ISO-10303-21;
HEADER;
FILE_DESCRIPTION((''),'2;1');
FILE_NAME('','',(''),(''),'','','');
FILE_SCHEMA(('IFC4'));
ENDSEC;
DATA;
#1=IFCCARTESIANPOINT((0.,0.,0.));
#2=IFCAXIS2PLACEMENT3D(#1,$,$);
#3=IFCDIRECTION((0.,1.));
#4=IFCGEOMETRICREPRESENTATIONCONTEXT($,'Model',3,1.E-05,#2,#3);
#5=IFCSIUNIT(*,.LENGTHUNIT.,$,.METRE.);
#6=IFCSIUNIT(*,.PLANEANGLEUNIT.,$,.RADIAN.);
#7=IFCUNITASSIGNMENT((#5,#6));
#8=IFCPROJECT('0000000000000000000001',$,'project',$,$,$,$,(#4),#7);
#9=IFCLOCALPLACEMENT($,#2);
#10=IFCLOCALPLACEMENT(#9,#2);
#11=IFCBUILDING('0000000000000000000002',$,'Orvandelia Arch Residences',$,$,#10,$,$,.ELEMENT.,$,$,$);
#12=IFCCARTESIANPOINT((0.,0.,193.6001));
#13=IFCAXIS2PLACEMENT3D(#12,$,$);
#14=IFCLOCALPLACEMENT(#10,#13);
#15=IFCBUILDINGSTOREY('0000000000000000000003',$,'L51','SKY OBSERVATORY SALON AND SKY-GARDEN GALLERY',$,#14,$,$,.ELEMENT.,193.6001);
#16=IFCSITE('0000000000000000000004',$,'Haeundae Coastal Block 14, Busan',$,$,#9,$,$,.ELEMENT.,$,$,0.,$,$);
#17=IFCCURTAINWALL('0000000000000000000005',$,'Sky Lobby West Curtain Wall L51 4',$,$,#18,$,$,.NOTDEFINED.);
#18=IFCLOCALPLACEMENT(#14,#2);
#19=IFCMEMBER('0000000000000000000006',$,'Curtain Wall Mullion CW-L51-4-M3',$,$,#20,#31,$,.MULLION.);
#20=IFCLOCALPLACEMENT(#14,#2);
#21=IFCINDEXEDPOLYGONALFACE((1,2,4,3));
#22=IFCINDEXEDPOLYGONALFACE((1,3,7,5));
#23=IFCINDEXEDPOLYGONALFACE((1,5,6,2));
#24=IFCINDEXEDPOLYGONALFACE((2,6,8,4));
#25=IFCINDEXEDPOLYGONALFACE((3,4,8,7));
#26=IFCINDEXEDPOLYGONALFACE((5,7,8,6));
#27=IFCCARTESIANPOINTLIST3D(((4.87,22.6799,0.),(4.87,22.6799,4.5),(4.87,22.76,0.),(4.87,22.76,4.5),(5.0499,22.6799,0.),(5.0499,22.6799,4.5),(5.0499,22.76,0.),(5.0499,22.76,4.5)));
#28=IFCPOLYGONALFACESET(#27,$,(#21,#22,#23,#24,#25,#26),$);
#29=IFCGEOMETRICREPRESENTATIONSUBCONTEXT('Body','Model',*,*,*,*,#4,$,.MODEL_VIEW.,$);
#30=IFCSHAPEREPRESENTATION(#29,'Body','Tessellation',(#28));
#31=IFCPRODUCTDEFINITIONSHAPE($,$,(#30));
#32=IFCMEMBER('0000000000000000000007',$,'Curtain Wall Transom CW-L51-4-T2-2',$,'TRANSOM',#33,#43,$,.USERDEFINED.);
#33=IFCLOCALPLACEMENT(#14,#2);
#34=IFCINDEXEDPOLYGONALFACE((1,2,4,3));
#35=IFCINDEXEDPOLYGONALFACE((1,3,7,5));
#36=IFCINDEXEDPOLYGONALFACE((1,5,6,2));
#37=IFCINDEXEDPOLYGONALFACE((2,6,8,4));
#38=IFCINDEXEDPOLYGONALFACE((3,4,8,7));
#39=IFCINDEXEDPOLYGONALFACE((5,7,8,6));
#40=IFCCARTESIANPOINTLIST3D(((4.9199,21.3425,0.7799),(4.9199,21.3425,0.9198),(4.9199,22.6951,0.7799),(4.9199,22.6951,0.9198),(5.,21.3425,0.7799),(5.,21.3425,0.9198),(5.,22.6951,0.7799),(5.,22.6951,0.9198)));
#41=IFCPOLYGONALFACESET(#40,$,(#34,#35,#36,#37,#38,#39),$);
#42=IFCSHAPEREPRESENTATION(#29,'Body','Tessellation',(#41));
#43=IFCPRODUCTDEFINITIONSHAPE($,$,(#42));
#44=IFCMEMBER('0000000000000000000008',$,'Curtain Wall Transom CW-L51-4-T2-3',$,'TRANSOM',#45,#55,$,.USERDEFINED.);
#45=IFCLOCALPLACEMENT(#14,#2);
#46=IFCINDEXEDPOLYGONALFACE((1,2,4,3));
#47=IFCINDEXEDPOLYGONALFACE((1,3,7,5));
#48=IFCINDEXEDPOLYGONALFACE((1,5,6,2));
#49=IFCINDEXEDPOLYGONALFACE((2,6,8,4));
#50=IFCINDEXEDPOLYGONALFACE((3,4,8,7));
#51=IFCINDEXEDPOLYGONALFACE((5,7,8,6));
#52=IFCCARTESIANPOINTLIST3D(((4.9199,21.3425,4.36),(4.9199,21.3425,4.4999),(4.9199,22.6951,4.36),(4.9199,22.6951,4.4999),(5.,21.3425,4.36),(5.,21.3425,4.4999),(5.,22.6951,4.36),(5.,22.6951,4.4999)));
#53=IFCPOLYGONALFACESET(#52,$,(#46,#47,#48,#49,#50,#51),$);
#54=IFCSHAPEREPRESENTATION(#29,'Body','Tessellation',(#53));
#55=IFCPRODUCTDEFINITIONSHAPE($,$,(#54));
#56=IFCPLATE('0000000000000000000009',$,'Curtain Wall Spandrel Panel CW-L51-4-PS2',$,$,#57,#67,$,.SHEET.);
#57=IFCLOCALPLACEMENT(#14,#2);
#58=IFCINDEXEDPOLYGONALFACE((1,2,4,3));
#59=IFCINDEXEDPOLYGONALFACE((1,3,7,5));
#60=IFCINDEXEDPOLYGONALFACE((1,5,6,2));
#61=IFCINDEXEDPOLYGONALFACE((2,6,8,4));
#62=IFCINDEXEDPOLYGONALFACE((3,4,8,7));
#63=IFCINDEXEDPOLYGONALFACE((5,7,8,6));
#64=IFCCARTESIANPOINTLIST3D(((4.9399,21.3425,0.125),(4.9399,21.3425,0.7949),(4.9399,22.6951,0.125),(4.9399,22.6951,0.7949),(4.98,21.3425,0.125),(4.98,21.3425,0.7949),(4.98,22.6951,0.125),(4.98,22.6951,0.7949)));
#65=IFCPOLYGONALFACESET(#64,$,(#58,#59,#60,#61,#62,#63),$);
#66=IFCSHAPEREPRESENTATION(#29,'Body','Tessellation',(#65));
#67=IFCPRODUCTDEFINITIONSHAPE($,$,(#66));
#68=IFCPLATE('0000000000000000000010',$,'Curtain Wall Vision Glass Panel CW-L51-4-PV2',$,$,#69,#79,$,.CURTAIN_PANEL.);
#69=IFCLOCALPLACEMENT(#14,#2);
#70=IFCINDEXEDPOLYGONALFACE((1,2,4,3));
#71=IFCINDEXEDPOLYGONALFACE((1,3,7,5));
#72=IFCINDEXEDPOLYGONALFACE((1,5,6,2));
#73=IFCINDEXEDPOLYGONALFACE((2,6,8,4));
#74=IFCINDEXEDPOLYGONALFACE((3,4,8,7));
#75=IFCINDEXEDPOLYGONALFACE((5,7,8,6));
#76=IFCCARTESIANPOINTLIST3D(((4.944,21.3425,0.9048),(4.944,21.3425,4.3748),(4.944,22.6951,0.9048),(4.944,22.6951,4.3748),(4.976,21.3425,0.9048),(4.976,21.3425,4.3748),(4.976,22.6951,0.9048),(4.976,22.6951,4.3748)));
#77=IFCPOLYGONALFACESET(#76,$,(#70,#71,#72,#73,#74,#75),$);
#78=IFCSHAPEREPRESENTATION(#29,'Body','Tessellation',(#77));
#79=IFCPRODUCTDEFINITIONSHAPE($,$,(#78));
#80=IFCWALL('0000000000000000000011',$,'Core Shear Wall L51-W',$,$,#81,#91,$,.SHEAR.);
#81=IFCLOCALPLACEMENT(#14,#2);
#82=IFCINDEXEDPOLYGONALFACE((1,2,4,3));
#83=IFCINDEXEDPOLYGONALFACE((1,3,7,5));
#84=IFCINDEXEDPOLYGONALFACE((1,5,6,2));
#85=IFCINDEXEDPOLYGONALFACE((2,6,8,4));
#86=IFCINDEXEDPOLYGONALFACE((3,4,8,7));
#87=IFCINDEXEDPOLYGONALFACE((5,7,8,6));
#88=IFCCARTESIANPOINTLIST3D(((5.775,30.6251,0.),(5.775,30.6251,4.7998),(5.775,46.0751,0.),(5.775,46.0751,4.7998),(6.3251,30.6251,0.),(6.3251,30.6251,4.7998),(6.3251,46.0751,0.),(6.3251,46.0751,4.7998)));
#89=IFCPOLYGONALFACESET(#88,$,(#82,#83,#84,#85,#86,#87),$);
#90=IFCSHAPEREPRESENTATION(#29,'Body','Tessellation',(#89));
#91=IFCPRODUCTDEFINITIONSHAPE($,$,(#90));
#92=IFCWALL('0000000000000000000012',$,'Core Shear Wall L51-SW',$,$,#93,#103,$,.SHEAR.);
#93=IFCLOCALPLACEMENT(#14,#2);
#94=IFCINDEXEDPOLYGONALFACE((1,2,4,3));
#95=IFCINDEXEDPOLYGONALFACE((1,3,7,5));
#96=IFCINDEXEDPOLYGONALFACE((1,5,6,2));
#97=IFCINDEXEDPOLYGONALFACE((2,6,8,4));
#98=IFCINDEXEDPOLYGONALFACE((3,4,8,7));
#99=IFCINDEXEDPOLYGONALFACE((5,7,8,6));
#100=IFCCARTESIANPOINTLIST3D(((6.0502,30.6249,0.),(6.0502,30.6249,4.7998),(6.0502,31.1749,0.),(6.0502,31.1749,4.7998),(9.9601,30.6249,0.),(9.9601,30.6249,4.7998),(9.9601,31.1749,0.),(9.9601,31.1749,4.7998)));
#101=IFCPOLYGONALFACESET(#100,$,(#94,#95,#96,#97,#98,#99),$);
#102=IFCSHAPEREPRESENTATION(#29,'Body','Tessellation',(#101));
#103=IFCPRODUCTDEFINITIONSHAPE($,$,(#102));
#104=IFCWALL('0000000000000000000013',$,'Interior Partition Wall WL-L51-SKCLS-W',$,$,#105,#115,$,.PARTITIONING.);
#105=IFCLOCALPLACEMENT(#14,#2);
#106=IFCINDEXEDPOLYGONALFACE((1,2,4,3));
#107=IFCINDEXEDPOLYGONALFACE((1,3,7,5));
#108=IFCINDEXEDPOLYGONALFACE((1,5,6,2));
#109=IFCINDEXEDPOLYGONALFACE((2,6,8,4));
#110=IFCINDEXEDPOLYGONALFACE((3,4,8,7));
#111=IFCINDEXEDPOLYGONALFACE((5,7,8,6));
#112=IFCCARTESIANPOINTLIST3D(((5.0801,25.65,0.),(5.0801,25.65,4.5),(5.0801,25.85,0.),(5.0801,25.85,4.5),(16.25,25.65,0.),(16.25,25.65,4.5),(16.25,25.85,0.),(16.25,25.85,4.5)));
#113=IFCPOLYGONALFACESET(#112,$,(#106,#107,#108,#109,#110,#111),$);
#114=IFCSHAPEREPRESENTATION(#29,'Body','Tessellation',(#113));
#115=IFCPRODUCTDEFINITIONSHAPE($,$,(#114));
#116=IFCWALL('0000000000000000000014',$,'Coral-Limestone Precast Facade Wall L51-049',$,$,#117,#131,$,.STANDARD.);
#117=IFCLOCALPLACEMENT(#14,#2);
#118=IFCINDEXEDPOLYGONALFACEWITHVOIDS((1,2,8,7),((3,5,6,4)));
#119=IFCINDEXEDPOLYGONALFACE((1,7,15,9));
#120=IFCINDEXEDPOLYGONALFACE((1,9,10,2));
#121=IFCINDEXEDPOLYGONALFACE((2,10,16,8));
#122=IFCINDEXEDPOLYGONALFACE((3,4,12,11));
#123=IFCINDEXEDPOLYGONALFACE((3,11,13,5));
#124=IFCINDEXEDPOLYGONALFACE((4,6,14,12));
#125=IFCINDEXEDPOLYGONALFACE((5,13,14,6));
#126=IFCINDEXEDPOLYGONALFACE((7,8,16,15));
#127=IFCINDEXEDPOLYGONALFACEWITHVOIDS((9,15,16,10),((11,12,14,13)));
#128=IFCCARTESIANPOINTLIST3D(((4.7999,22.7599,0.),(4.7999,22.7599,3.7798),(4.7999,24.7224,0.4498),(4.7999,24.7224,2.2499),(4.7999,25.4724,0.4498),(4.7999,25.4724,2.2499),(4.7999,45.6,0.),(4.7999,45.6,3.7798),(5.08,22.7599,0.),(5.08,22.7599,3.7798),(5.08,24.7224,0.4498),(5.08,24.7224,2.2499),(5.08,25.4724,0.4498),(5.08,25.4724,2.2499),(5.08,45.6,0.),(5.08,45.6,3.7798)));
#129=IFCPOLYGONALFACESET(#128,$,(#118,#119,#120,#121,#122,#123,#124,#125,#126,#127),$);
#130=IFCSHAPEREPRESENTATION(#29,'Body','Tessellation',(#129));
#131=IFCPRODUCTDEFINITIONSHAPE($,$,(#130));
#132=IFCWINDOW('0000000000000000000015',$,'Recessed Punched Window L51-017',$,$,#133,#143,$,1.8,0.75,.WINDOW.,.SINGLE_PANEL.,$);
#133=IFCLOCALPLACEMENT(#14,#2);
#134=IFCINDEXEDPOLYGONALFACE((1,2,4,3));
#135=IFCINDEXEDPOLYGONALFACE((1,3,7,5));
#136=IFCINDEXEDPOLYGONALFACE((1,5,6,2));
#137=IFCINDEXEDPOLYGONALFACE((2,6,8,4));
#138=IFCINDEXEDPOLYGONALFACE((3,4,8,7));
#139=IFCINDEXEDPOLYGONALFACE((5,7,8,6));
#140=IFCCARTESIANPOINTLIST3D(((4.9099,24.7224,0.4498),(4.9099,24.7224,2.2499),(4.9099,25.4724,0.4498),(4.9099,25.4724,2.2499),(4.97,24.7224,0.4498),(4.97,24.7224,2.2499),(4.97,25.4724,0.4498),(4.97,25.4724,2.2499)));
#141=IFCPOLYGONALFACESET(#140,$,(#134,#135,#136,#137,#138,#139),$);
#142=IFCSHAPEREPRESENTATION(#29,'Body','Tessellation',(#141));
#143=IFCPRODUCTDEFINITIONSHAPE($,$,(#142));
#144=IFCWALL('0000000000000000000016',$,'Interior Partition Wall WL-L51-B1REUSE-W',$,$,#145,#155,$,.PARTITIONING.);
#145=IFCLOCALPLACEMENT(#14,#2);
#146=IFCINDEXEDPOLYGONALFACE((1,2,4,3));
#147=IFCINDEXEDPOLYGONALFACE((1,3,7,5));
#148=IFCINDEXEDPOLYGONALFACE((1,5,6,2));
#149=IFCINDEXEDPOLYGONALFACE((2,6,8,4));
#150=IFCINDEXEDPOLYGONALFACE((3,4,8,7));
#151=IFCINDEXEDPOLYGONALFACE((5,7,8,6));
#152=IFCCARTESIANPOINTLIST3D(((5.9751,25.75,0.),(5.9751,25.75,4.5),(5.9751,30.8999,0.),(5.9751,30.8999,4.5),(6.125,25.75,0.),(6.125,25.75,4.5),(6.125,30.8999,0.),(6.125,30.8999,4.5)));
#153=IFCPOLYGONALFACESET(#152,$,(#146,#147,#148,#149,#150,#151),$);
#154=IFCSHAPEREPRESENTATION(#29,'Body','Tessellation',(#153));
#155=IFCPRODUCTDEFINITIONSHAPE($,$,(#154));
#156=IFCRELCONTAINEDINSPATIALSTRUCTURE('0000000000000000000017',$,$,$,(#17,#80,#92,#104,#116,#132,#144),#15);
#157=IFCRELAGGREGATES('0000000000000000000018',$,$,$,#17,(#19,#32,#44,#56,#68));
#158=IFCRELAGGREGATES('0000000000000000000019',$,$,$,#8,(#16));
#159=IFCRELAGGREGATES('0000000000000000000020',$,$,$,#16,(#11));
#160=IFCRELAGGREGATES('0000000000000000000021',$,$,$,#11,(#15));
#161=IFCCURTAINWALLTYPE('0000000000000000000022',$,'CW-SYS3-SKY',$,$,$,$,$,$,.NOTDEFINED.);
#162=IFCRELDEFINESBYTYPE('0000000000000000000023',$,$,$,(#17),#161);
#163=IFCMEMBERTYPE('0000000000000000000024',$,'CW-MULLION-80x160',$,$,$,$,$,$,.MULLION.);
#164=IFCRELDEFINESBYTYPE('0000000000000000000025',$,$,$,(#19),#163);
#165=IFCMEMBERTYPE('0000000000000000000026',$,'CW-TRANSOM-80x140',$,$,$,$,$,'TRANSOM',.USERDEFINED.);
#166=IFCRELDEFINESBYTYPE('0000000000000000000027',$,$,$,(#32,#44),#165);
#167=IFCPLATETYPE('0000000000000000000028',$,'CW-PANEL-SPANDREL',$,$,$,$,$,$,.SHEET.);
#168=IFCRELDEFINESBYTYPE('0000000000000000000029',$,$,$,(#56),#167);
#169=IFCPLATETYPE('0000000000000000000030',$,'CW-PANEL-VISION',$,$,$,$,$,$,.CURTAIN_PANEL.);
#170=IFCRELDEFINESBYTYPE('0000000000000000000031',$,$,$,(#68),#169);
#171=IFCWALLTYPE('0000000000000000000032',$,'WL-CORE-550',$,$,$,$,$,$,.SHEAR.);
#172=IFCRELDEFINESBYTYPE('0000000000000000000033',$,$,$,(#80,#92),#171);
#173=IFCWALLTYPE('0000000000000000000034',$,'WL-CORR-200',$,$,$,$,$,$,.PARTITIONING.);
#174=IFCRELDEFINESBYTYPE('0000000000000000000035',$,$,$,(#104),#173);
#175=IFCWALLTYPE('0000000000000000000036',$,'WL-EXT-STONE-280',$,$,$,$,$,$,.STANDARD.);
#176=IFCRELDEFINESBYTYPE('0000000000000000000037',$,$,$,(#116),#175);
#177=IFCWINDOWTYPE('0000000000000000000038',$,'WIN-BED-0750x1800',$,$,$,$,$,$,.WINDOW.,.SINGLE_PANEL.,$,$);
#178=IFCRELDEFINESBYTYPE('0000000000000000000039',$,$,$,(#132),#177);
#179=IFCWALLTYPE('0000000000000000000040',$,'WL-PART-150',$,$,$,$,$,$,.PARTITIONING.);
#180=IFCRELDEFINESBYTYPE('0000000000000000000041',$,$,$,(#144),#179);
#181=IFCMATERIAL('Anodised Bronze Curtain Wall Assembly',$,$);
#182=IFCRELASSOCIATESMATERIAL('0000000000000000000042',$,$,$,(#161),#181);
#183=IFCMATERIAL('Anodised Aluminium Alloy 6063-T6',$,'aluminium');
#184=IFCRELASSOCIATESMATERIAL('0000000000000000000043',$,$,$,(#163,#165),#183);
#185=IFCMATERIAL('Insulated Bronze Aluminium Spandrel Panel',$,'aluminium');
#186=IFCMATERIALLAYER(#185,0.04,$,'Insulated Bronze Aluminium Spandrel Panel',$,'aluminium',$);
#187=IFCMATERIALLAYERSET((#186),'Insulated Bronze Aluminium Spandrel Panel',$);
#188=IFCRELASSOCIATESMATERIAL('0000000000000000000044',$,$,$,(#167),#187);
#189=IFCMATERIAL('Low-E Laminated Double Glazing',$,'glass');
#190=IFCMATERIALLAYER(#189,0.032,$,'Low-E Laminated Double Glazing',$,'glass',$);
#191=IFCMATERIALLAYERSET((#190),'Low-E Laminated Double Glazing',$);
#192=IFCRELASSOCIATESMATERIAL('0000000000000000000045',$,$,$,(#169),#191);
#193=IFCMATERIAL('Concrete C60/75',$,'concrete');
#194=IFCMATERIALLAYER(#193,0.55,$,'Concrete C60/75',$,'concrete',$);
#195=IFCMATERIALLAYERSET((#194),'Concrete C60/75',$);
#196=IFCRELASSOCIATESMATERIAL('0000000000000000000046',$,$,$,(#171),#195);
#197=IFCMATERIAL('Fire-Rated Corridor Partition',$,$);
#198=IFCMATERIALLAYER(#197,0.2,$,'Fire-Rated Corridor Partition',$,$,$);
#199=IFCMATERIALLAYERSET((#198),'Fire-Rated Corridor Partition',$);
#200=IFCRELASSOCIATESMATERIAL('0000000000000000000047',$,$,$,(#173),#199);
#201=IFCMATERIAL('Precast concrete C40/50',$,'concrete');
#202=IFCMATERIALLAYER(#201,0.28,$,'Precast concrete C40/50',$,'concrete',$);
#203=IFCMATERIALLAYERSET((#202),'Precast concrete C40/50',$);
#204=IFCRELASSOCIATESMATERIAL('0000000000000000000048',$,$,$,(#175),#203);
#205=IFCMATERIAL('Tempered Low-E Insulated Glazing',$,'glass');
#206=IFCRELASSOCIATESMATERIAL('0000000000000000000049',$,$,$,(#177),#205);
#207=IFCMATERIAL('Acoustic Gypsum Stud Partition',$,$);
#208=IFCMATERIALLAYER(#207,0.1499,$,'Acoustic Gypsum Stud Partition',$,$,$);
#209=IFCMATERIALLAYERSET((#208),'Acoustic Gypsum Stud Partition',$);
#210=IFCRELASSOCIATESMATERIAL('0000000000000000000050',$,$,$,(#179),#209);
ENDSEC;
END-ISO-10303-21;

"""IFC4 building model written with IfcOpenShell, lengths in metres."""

from ifc_helpers import new_model, si_unit, direction, frame, frame_2d, origin, origin_2d, place, context, subcontext, project, spatial, rectangle, extrude, material, layer, layer_set, material_profile, profile_set, type_object, element, fill, aggregate, save


model = new_model("IFC4")

# Units and contexts
model_context = context("Model", 3, precision=1e-05, world=origin(), true_north=direction((0.0, 1.0)))
body_context = subcontext(model_context, "Body", "Model", "MODEL_VIEW")
ifc_project = project(units=[si_unit("LENGTHUNIT", "METRE"), si_unit("PLANEANGLEUNIT", "RADIAN")], contexts=[model_context])

# Site, building, storey
site_placement = place(None, origin())
site = spatial("IfcSite", under=ifc_project, at=site_placement, Name="Haeundae Coastal Block 14, Busan", CompositionType="ELEMENT", RefElevation=0.0)
building_placement = place(site_placement, origin())
building = spatial("IfcBuilding", under=site, at=building_placement, Name="Orvandelia Arch Residences", CompositionType="ELEMENT")
storey_placement = place(building_placement, frame((0.0, 0.0, 193.6001)))
storey = spatial("IfcBuildingStorey", under=building, at=storey_placement, Name="L51", Description="SKY OBSERVATORY SALON AND SKY-GARDEN GALLERY", CompositionType="ELEMENT", Elevation=193.6001)

# Shared definitions
ifc_material_1 = material(Name="Concrete C60/75", Category="concrete")

# Curtain wall, members, plates
ifc_material_2 = material(Name="Anodised Bronze Curtain Wall Assembly")
curtain_wall_type = type_object("IfcCurtainWallType", Name="CW-SYS3-SKY", PredefinedType="NOTDEFINED", material=ifc_material_2)
curtain_wall_placement = place(storey_placement, origin())
curtain_wall = element("IfcCurtainWall", 1, at=curtain_wall_placement, inside=storey, type_object=curtain_wall_type, Name="Sky Lobby West Curtain Wall L51 4", PredefinedType="NOTDEFINED")
ifc_material_3 = material(Name="Anodised Aluminium Alloy 6063-T6", Category="aluminium")
ifc_material_profile_1 = material_profile(ifc_material_3, rectangle(XDim=0.0801, YDim=0.1799, at=origin_2d()), Name="Anodised Aluminium Alloy 6063-T6", Category="aluminium")
ifc_profile_set_1 = profile_set([ifc_material_profile_1], Name="Anodised Aluminium Alloy 6063-T6")
member_type_1 = type_object("IfcMemberType", Name="CW-MULLION-80x160", PredefinedType="MULLION", material=ifc_profile_set_1)
member_1_placement = place(storey_placement, frame((4.96, 22.72, 0.0), z_axis=(0.0, 0.0, 1.0), x_axis=(0.0, 1.0, 0.0)))
member_1 = element("IfcMember", 2, at=member_1_placement, type_object=member_type_1, Name="Curtain Wall Mullion CW-L51-4-M3", PredefinedType="MULLION", context=body_context, shape_type="SweptSolid", body=[
    extrude(rectangle(XDim=0.0801, YDim=0.1799, at=origin_2d()), origin(), (0.0, 0.0, 1.0), 4.5),
])
ifc_material_profile_2 = material_profile(ifc_material_3, rectangle(XDim=0.0801, YDim=0.1399, at=origin_2d()), Name="Anodised Aluminium Alloy 6063-T6", Category="aluminium")
ifc_profile_set_2 = profile_set([ifc_material_profile_2], Name="Anodised Aluminium Alloy 6063-T6")
member_type_2 = type_object("IfcMemberType", Name="CW-TRANSOM-80x140", ElementType="TRANSOM", PredefinedType="USERDEFINED", material=ifc_profile_set_2)
member_2_placement = place(storey_placement, frame((4.96, 21.3425, 0.8499), z_axis=(0.0, 1.0, 0.0), x_axis=(-1.0, 0.0, 0.0)))
member_2 = element("IfcMember", 3, at=member_2_placement, type_object=member_type_2, Name="Curtain Wall Transom CW-L51-4-T2-2", ObjectType="TRANSOM", PredefinedType="USERDEFINED", context=body_context, shape_type="SweptSolid", body=[
    extrude(rectangle(XDim=0.0801, YDim=0.1399, at=origin_2d()), origin(), (0.0, 0.0, 1.0), 1.3525),
])
member_3_placement = place(storey_placement, frame((4.96, 21.3425, 4.4299), z_axis=(0.0, 1.0, 0.0), x_axis=(-1.0, 0.0, 0.0)))
member_3 = element("IfcMember", 4, at=member_3_placement, type_object=member_type_2, Name="Curtain Wall Transom CW-L51-4-T2-3", ObjectType="TRANSOM", PredefinedType="USERDEFINED", context=body_context, shape_type="SweptSolid", body=[
    extrude(rectangle(XDim=0.0801, YDim=0.1399, at=origin_2d()), origin(), (0.0, 0.0, 1.0), 1.3525),
])
ifc_material_4 = material(Name="Insulated Bronze Aluminium Spandrel Panel", Category="aluminium")
ifc_layer_1 = layer(ifc_material_4, 0.04, Name="Insulated Bronze Aluminium Spandrel Panel", Category="aluminium")
ifc_layer_set_1 = layer_set([ifc_layer_1], Name="Insulated Bronze Aluminium Spandrel Panel")
plate_type_1 = type_object("IfcPlateType", Name="CW-PANEL-SPANDREL", PredefinedType="SHEET", material=ifc_layer_set_1)
plate_1_placement = place(storey_placement, frame((4.96, 22.0188, 0.125), z_axis=(0.0, 0.0, 1.0), x_axis=(0.0, 1.0, 0.0)))
plate_1 = element("IfcPlate", 5, at=plate_1_placement, type_object=plate_type_1, Name="Curtain Wall Spandrel Panel CW-L51-4-PS2", PredefinedType="SHEET", context=body_context, shape_type="SweptSolid", body=[
    extrude(rectangle(XDim=1.3525, YDim=0.04, at=origin_2d()), origin(), (0.0, 0.0, 1.0), 0.6699),
])
ifc_material_5 = material(Name="Low-E Laminated Double Glazing", Category="glass")
ifc_layer_2 = layer(ifc_material_5, 0.032, Name="Low-E Laminated Double Glazing", Category="glass")
ifc_layer_set_2 = layer_set([ifc_layer_2], Name="Low-E Laminated Double Glazing")
plate_type_2 = type_object("IfcPlateType", Name="CW-PANEL-VISION", PredefinedType="CURTAIN_PANEL", material=ifc_layer_set_2)
plate_2_placement = place(storey_placement, frame((4.96, 22.0188, 0.9048), z_axis=(0.0, 0.0, 1.0), x_axis=(0.0, 1.0, 0.0)))
plate_2 = element("IfcPlate", 6, at=plate_2_placement, type_object=plate_type_2, Name="Curtain Wall Vision Glass Panel CW-L51-4-PV2", PredefinedType="CURTAIN_PANEL", context=body_context, shape_type="SweptSolid", body=[
    extrude(rectangle(XDim=1.3525, YDim=0.032, at=origin_2d()), origin(), (0.0, 0.0, 1.0), 3.47),
])
aggregate(curtain_wall, [member_1, member_2, member_3, plate_1, plate_2])

# Walls
ifc_layer_3 = layer(ifc_material_1, 0.55, Name="Concrete C60/75", Category="concrete")
ifc_layer_set_3 = layer_set([ifc_layer_3], Name="Concrete C60/75")
wall_type_1 = type_object("IfcWallType", Name="WL-CORE-550", PredefinedType="SHEAR", material=ifc_layer_set_3)
wall_1_placement = place(storey_placement, frame((6.05, 30.625, 0.0), z_axis=(0.0, 0.0, 1.0), x_axis=(0.0, 1.0, 0.0)))
element("IfcWall", 7, at=wall_1_placement, inside=storey, type_object=wall_type_1, Name="Core Shear Wall L51-W", PredefinedType="SHEAR", context=body_context, shape_type="SweptSolid", body=[
    extrude(rectangle(XDim=15.45, YDim=0.55, at=frame_2d((7.7251, 0.0))), origin(), (0.0, 0.0, 1.0), 4.7998),
])
wall_2_placement = place(storey_placement, frame((6.05, 30.8999, 0.0), z_axis=(0.0, 0.0, 1.0), x_axis=(1.0, 0.0, 0.0)))
element("IfcWall", 8, at=wall_2_placement, inside=storey, type_object=wall_type_1, Name="Core Shear Wall L51-SW", PredefinedType="SHEAR", context=body_context, shape_type="SweptSolid", body=[
    extrude(rectangle(XDim=3.9099, YDim=0.55, at=frame_2d((1.9551, 0.0))), origin(), (0.0, 0.0, 1.0), 4.7998),
])
ifc_material_6 = material(Name="Fire-Rated Corridor Partition")
ifc_layer_4 = layer(ifc_material_6, 0.2, Name="Fire-Rated Corridor Partition")
ifc_layer_set_4 = layer_set([ifc_layer_4], Name="Fire-Rated Corridor Partition")
wall_type_2 = type_object("IfcWallType", Name="WL-CORR-200", PredefinedType="PARTITIONING", material=ifc_layer_set_4)
wall_3_placement = place(storey_placement, frame((5.0801, 25.75, 0.0), z_axis=(0.0, 0.0, 1.0), x_axis=(1.0, 0.0, 0.0)))
element("IfcWall", 9, at=wall_3_placement, inside=storey, type_object=wall_type_2, Name="Interior Partition Wall WL-L51-SKCLS-W", PredefinedType="PARTITIONING", context=body_context, shape_type="SweptSolid", body=[
    extrude(rectangle(XDim=11.1699, YDim=0.2, at=frame_2d((5.585, 0.0))), origin(), (0.0, 0.0, 1.0), 4.5),
])

# Wall, opening, window
ifc_material_7 = material(Name="Precast concrete C40/50", Category="concrete")
ifc_layer_5 = layer(ifc_material_7, 0.28, Name="Precast concrete C40/50", Category="concrete")
ifc_layer_set_5 = layer_set([ifc_layer_5], Name="Precast concrete C40/50")
wall_type_3 = type_object("IfcWallType", Name="WL-EXT-STONE-280", PredefinedType="STANDARD", material=ifc_layer_set_5)
wall_4_placement = place(storey_placement, frame((4.9399, 22.76, 0.0), z_axis=(0.0, 0.0, 1.0), x_axis=(0.0, 1.0, 0.0)))
wall_4 = element("IfcWall", 10, at=wall_4_placement, inside=storey, type_object=wall_type_3, Name="Coral-Limestone Precast Facade Wall L51-049", PredefinedType="STANDARD", context=body_context, shape_type="SweptSolid", body=[
    extrude(rectangle(XDim=22.8401, YDim=0.28, at=frame_2d((11.4199, 0.0))), origin(), (0.0, 0.0, 1.0), 3.7798),
])
opening_placement = place(wall_4_placement, frame((1.9624, 0.0, 0.45)))
opening = element("IfcOpeningElement", 11, at=opening_placement, cuts=wall_4, PredefinedType="OPENING", context=body_context, shape_type="SweptSolid", body=[
    extrude(rectangle(XDim=0.75, YDim=1.8, at=frame_2d((0.375, 0.8999))), frame((0.0, 0.1499, 0.0), z_axis=(0.0, -1.0, 0.0), x_axis=(1.0, 0.0, 0.0)), (0.0, 0.0, 1.0), 0.3),
])
ifc_material_8 = material(Name="Tempered Low-E Insulated Glazing", Category="glass")
window_type = type_object("IfcWindowType", Name="WIN-BED-0750x1800", PartitioningType="SINGLE_PANEL", PredefinedType="WINDOW", material=ifc_material_8)
window_placement = place(opening_placement, origin())
window = element("IfcWindow", 12, at=window_placement, inside=storey, type_object=window_type, Name="Recessed Punched Window L51-017", OverallHeight=1.8, OverallWidth=0.75, PartitioningType="SINGLE_PANEL", PredefinedType="WINDOW", context=body_context, shape_type="SweptSolid", body=[
    extrude(rectangle(XDim=0.75, YDim=1.8, at=frame_2d((0.375, 0.8999))), frame((0.0, 0.03, 0.0), z_axis=(0.0, -1.0, 0.0), x_axis=(1.0, 0.0, 0.0)), (0.0, 0.0, 1.0), 0.0601),
])
fill(opening, window)

# Wall
ifc_material_9 = material(Name="Acoustic Gypsum Stud Partition")
ifc_layer_6 = layer(ifc_material_9, 0.1499, Name="Acoustic Gypsum Stud Partition")
ifc_layer_set_6 = layer_set([ifc_layer_6], Name="Acoustic Gypsum Stud Partition")
wall_type_4 = type_object("IfcWallType", Name="WL-PART-150", PredefinedType="PARTITIONING", material=ifc_layer_set_6)
wall_5_placement = place(storey_placement, frame((6.05, 25.75, 0.0), z_axis=(0.0, 0.0, 1.0), x_axis=(0.0, 1.0, 0.0)))
element("IfcWall", 13, at=wall_5_placement, inside=storey, type_object=wall_type_4, Name="Interior Partition Wall WL-L51-B1REUSE-W", PredefinedType="PARTITIONING", context=body_context, shape_type="SweptSolid", body=[
    extrude(rectangle(XDim=5.1499, YDim=0.1499, at=frame_2d((2.575, 0.0))), origin(), (0.0, 0.0, 1.0), 4.5),
])

save(model, "model.ifc")
